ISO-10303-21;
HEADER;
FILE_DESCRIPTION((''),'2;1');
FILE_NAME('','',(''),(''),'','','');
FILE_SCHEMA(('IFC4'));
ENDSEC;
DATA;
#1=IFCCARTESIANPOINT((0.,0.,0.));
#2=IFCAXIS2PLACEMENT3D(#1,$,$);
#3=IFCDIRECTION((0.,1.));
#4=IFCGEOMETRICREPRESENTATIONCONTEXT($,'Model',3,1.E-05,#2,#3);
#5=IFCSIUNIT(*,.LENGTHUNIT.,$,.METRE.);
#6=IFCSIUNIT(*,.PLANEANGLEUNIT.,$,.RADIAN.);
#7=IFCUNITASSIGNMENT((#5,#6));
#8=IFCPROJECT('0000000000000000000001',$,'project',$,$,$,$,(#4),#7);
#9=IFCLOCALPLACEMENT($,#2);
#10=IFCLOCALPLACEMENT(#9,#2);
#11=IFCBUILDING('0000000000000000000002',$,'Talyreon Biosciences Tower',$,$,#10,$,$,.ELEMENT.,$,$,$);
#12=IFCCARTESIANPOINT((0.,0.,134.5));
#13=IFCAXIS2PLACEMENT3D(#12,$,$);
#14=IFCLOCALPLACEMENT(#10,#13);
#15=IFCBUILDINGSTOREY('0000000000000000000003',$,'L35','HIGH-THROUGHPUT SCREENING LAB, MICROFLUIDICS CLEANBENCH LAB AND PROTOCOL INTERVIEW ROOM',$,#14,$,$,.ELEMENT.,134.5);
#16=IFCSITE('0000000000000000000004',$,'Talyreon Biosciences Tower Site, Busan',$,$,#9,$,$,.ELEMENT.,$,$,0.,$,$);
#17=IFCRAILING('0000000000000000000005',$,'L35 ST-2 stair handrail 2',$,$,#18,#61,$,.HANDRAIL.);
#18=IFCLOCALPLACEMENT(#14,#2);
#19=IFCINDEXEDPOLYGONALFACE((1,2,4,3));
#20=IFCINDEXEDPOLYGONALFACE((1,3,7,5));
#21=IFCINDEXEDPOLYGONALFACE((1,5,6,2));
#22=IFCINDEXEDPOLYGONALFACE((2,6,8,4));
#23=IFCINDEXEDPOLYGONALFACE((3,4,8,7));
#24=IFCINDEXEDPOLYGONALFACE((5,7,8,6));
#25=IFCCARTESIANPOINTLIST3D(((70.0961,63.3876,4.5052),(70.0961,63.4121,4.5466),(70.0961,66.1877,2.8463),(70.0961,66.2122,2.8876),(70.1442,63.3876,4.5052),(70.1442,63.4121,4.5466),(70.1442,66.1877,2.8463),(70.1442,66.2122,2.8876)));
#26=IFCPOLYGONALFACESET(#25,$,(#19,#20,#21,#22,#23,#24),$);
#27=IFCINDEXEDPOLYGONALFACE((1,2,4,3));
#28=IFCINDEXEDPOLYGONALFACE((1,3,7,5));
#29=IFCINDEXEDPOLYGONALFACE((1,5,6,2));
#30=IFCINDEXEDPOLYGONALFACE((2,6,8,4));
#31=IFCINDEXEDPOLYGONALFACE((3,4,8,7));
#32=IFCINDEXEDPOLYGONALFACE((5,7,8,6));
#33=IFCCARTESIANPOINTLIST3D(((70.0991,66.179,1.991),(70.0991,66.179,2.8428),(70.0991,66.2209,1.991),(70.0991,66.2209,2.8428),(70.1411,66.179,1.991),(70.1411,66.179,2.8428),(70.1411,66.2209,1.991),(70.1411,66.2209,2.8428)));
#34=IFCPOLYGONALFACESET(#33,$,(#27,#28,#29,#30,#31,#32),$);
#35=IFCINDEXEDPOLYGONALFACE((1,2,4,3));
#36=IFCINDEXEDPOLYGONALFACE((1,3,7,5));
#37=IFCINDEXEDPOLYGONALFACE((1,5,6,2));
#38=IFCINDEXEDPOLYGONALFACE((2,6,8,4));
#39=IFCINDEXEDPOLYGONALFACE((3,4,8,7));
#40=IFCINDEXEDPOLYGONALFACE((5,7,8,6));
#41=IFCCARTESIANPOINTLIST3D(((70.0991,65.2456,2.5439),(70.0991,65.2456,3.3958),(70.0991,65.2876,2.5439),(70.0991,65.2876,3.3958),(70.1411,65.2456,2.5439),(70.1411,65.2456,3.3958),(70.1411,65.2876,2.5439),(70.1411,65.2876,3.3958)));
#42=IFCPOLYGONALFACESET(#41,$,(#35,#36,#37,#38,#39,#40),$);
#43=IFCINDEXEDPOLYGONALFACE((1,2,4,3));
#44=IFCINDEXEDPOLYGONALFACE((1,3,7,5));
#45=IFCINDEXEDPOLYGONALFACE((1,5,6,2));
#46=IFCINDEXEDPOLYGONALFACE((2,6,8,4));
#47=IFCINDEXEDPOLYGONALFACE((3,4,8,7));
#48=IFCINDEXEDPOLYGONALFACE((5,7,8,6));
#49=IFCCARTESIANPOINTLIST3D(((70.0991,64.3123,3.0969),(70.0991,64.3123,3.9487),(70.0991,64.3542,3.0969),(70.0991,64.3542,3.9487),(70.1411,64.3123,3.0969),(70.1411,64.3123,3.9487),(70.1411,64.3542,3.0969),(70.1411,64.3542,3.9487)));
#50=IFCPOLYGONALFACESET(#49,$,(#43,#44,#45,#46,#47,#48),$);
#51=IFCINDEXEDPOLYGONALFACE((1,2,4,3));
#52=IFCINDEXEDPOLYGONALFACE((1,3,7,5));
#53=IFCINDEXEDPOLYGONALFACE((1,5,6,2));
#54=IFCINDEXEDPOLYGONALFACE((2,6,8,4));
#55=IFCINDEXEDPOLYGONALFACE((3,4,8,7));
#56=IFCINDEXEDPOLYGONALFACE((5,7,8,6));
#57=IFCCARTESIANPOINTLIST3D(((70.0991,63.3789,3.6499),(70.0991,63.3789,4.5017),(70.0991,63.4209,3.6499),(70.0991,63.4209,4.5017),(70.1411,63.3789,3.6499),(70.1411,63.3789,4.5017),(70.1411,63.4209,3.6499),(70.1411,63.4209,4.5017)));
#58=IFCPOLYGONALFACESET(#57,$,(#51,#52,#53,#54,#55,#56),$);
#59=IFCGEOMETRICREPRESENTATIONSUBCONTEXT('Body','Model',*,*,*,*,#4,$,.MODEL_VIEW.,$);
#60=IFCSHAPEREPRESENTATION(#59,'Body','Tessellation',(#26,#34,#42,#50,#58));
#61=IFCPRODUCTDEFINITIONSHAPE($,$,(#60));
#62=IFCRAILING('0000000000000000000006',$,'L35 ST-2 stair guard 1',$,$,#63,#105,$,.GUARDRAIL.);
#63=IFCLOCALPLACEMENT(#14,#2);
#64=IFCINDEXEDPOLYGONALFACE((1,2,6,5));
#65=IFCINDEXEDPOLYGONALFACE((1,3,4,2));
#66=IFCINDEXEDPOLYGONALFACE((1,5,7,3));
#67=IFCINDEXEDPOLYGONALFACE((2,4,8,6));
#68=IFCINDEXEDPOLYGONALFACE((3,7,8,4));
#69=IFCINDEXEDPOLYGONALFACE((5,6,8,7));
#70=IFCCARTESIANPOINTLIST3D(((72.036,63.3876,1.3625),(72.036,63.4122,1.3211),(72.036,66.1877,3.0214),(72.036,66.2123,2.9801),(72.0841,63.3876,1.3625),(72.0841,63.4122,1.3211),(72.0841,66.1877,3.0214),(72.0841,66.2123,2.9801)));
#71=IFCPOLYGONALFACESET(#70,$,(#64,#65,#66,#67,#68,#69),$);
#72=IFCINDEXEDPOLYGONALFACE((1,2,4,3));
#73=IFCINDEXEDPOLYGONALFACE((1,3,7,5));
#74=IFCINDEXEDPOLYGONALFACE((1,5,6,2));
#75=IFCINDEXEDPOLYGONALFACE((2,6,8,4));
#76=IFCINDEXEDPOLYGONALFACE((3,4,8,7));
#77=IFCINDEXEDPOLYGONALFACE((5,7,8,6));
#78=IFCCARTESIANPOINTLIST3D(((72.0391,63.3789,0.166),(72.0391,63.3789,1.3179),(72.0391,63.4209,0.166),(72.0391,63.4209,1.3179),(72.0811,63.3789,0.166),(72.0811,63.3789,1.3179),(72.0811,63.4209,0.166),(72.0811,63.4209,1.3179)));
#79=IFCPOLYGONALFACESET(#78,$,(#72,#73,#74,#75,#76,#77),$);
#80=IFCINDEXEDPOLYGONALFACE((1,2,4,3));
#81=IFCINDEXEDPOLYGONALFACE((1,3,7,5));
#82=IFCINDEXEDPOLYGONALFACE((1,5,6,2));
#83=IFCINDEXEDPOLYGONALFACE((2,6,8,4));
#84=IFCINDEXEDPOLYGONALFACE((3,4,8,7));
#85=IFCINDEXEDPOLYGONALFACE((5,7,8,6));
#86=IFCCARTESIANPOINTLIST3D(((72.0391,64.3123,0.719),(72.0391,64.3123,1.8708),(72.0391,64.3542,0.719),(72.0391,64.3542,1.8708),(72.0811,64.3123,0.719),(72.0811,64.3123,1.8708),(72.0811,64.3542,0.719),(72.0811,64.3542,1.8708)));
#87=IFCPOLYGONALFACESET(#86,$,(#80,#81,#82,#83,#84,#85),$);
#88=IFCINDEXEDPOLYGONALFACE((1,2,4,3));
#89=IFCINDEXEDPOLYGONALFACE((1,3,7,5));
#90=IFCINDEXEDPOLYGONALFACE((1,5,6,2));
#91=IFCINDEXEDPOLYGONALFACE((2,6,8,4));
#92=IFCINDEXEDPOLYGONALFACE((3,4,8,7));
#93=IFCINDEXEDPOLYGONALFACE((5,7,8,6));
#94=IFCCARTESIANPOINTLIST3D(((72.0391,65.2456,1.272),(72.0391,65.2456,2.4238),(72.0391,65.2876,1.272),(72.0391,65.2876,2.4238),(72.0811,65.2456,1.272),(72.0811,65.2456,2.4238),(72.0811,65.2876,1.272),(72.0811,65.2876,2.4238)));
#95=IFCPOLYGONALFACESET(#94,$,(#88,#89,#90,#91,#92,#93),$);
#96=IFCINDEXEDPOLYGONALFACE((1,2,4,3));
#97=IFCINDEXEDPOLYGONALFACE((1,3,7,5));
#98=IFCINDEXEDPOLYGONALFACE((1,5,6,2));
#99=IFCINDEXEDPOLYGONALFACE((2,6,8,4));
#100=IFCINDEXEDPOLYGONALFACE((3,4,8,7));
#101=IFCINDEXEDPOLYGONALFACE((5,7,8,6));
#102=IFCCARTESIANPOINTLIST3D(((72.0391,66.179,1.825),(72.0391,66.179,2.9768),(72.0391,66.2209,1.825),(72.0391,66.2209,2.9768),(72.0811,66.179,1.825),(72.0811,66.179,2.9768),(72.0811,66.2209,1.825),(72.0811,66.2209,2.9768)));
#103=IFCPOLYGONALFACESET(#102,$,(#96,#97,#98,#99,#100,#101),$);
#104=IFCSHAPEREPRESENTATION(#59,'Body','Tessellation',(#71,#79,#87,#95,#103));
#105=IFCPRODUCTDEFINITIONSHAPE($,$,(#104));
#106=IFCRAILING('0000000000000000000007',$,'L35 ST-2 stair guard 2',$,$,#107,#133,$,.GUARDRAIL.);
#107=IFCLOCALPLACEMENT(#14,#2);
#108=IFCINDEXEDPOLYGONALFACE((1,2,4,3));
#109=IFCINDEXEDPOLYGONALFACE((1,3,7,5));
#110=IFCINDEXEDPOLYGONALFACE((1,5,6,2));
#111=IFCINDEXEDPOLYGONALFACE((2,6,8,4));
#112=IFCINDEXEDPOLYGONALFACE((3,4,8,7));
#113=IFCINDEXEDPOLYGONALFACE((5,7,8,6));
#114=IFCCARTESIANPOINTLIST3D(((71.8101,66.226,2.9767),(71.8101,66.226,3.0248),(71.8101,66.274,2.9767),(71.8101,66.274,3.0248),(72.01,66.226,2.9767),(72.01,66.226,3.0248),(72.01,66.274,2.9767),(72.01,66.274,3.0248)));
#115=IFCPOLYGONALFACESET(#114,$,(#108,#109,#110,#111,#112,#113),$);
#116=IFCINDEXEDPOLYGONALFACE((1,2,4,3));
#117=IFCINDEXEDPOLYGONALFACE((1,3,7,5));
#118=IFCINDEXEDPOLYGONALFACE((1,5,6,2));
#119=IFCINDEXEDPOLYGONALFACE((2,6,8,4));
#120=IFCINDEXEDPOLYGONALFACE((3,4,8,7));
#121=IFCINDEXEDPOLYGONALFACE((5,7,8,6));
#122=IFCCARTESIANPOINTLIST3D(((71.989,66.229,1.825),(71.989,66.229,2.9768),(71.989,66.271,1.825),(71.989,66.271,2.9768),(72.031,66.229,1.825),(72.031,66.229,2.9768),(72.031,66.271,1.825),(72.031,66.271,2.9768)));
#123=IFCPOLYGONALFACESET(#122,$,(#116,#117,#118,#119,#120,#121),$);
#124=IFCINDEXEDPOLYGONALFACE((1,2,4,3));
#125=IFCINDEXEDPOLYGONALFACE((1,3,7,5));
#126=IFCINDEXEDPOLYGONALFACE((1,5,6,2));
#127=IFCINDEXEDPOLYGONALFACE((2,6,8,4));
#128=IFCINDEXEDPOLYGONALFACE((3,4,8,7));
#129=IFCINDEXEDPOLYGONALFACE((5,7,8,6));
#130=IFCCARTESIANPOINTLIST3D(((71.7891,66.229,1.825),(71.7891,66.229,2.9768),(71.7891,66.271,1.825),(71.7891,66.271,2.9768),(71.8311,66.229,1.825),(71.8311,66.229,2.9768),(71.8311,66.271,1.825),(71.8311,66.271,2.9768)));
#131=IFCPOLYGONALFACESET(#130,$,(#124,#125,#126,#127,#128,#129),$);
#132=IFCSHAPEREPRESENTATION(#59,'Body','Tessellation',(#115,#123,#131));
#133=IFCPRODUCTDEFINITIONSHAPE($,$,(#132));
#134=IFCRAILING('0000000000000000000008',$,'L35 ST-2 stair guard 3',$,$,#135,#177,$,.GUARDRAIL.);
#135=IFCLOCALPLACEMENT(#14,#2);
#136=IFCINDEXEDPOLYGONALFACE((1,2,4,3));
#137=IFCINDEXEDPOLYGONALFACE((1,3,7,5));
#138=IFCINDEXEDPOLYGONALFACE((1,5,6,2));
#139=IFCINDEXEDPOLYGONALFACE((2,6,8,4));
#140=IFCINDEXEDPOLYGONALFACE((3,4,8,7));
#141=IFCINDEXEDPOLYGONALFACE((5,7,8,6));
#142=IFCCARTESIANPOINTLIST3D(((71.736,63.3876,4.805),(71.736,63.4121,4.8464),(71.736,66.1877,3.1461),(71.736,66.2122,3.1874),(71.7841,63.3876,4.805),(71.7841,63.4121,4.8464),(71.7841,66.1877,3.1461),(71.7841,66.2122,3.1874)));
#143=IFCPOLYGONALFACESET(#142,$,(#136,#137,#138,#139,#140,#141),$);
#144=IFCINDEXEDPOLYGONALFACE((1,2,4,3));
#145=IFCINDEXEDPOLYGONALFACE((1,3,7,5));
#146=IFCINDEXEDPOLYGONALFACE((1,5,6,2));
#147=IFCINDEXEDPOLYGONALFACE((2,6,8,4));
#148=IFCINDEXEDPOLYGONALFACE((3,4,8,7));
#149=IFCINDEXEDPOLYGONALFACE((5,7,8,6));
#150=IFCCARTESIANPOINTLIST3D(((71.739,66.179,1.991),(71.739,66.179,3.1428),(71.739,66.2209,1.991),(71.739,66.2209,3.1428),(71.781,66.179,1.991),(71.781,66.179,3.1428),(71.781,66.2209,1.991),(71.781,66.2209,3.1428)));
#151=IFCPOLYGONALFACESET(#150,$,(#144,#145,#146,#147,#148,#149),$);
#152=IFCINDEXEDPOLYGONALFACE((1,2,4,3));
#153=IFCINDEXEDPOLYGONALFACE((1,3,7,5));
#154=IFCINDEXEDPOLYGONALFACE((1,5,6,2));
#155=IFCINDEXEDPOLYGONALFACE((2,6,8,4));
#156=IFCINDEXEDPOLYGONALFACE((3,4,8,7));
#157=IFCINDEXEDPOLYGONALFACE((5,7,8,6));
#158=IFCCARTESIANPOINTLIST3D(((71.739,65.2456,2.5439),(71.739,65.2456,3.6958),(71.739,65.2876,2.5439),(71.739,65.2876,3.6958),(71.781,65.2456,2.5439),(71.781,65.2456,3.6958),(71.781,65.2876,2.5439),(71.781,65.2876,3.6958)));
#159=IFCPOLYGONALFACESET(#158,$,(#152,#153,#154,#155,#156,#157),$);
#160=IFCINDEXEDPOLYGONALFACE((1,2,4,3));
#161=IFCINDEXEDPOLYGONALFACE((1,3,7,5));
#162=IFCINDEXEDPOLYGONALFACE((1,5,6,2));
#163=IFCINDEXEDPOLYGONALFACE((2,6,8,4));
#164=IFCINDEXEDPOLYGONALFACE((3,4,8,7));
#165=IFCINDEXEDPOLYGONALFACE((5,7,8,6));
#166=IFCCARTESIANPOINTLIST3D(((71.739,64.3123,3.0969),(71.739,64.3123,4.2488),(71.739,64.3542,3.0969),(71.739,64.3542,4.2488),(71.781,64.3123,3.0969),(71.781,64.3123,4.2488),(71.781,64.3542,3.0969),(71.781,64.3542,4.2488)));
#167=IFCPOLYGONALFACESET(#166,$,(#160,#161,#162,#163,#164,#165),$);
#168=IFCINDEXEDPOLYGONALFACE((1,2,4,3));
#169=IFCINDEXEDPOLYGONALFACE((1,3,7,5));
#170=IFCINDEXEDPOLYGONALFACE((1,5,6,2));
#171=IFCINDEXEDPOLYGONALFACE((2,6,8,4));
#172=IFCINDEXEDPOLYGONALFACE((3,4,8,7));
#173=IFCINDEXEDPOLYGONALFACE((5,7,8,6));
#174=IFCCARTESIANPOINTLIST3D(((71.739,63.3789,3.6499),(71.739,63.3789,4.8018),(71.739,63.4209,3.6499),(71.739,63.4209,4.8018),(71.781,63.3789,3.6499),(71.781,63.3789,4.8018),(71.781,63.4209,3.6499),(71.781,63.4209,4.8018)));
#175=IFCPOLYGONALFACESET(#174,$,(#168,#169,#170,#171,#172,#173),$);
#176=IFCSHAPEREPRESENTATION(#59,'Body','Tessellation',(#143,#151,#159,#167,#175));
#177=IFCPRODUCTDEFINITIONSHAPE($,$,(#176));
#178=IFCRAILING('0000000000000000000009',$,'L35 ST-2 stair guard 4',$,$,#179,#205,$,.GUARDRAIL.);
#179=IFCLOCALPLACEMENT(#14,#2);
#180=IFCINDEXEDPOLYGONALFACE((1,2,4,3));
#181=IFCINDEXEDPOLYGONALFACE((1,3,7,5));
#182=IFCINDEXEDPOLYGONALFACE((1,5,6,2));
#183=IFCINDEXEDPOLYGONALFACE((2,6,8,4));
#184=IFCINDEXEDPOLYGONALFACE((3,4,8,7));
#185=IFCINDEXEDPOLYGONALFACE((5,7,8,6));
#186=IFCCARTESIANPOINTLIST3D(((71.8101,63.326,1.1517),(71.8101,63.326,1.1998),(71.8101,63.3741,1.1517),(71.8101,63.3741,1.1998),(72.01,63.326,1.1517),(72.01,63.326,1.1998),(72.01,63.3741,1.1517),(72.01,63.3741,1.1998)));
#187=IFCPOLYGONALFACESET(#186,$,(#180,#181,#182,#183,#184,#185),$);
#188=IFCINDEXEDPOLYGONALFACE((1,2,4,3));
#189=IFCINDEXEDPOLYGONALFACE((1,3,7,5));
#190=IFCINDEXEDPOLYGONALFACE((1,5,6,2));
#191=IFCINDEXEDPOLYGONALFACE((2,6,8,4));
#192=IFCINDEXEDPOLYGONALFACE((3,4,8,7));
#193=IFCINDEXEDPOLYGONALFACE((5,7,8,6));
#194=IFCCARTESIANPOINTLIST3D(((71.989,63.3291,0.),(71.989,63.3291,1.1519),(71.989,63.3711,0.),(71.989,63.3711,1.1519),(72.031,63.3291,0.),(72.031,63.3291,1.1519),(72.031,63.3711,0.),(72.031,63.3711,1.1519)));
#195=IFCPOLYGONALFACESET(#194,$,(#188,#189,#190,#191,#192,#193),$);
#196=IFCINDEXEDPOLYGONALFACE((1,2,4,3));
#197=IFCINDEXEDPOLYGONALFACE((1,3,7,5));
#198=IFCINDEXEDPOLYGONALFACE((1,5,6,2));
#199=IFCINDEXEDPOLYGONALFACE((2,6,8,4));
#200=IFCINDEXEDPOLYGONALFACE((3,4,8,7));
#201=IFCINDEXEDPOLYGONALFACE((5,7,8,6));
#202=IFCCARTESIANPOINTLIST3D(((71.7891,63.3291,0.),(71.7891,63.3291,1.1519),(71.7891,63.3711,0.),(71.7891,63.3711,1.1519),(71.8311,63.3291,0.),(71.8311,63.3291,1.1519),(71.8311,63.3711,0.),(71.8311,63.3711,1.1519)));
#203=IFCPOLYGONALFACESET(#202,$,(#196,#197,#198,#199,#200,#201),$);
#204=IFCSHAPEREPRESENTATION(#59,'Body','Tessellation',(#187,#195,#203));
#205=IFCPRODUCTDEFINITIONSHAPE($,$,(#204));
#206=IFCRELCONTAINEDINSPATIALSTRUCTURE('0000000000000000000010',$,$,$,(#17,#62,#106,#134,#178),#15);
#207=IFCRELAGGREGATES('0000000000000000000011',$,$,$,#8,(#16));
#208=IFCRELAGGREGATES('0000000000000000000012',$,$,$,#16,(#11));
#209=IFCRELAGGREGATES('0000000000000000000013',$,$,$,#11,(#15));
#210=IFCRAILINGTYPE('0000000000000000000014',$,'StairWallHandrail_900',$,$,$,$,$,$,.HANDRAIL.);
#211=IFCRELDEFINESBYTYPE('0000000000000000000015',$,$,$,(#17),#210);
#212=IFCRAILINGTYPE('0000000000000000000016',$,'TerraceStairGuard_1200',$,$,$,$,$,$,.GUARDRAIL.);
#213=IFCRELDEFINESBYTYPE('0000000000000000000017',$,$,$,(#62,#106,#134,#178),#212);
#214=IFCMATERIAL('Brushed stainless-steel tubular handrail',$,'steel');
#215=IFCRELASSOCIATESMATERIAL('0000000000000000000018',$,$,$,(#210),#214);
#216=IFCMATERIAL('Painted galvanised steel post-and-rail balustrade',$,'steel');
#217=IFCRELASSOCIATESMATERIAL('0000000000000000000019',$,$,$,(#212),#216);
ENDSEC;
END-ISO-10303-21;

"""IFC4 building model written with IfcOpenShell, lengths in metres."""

from ifc_helpers import new_model, si_unit, direction, frame, origin, origin_2d, place, context, subcontext, project, spatial, rectangle, extrude, material, type_object, element, save


model = new_model("IFC4")

# Units and contexts
model_context = context("Model", 3, precision=1e-05, world=origin(), true_north=direction((0.0, 1.0)))
body_context = subcontext(model_context, "Body", "Model", "MODEL_VIEW")
ifc_project = project(units=[si_unit("LENGTHUNIT", "METRE"), si_unit("PLANEANGLEUNIT", "RADIAN")], contexts=[model_context])

# Site, building, storey
site_placement = place(None, origin())
site = spatial("IfcSite", under=ifc_project, at=site_placement, Name="Talyreon Biosciences Tower Site, Busan", CompositionType="ELEMENT", RefElevation=0.0)
building_placement = place(site_placement, origin())
building = spatial("IfcBuilding", under=site, at=building_placement, Name="Talyreon Biosciences Tower", CompositionType="ELEMENT")
storey_placement = place(building_placement, frame((0.0, 0.0, 134.5)))
storey = spatial("IfcBuildingStorey", under=building, at=storey_placement, Name="L35", Description="HIGH-THROUGHPUT SCREENING LAB, MICROFLUIDICS CLEANBENCH LAB AND PROTOCOL INTERVIEW ROOM", CompositionType="ELEMENT", Elevation=134.5)

# Railings
ifc_material_1 = material(Name="Brushed stainless-steel tubular handrail", Category="steel")
railing_type_1 = type_object("IfcRailingType", Name="StairWallHandrail_900", PredefinedType="HANDRAIL", material=ifc_material_1)
railing_1_placement = place(storey_placement, frame((70.1201, 66.2, 1.991)))
element("IfcRailing", 1, at=railing_1_placement, inside=storey, type_object=railing_type_1, Name="L35 ST-2 stair handrail 2", PredefinedType="HANDRAIL", context=body_context, shape_type="SweptSolid", body=[
    extrude(rectangle(XDim=0.0481, YDim=0.0481, at=origin_2d()), frame((0.0, 0.0, 0.876), z_axis=(0.0, -0.860339, 0.509722), x_axis=(1.0, 0.0, 0.0)), (0.0, 0.0, 1.0), 3.2546),
    extrude(rectangle(XDim=0.042, YDim=0.042, at=origin_2d()), origin(), (0.0, 0.0, 1.0), 0.8518),
    extrude(rectangle(XDim=0.042, YDim=0.042, at=origin_2d()), frame((0.0, -0.9333, 0.553)), (0.0, 0.0, 1.0), 0.8518),
    extrude(rectangle(XDim=0.042, YDim=0.042, at=origin_2d()), frame((0.0, -1.8667, 1.106)), (0.0, 0.0, 1.0), 0.8518),
    extrude(rectangle(XDim=0.042, YDim=0.042, at=origin_2d()), frame((0.0, -2.8, 1.6589)), (0.0, 0.0, 1.0), 0.8518),
])
ifc_material_2 = material(Name="Painted galvanised steel post-and-rail balustrade", Category="steel")
railing_type_2 = type_object("IfcRailingType", Name="TerraceStairGuard_1200", PredefinedType="GUARDRAIL", material=ifc_material_2)
railing_2_placement = place(storey_placement, frame((72.0601, 63.3999, 0.166)))
element("IfcRailing", 2, at=railing_2_placement, inside=storey, type_object=railing_type_2, Name="L35 ST-2 stair guard 1", PredefinedType="GUARDRAIL", context=body_context, shape_type="SweptSolid", body=[
    extrude(rectangle(XDim=0.0481, YDim=0.0481, at=origin_2d()), frame((0.0, 0.0, 1.1758), z_axis=(0.0, 0.860339, 0.509722), x_axis=(-1.0, 0.0, 0.0)), (0.0, 0.0, 1.0), 3.2546),
    extrude(rectangle(XDim=0.042, YDim=0.042, at=origin_2d()), origin(), (0.0, 0.0, 1.0), 1.1519),
    extrude(rectangle(XDim=0.042, YDim=0.042, at=origin_2d()), frame((0.0, 0.9333, 0.553)), (0.0, 0.0, 1.0), 1.1519),
    extrude(rectangle(XDim=0.042, YDim=0.042, at=origin_2d()), frame((0.0, 1.8667, 1.106)), (0.0, 0.0, 1.0), 1.1519),
    extrude(rectangle(XDim=0.042, YDim=0.042, at=origin_2d()), frame((0.0, 2.8, 1.6589)), (0.0, 0.0, 1.0), 1.1519),
])
railing_3_placement = place(storey_placement, frame((72.01, 66.25, 1.825)))
element("IfcRailing", 3, at=railing_3_placement, inside=storey, type_object=railing_type_2, Name="L35 ST-2 stair guard 2", PredefinedType="GUARDRAIL", context=body_context, shape_type="SweptSolid", body=[
    extrude(rectangle(XDim=0.0481, YDim=0.0481, at=origin_2d()), frame((0.0, 0.0, 1.1758), z_axis=(-1.0, 0.0, 0.0), x_axis=(0.0, -1.0, 0.0)), (0.0, 0.0, 1.0), 0.2),
    extrude(rectangle(XDim=0.042, YDim=0.042, at=origin_2d()), origin(), (0.0, 0.0, 1.0), 1.1519),
    extrude(rectangle(XDim=0.042, YDim=0.042, at=origin_2d()), frame((-0.2, 0.0, 0.0)), (0.0, 0.0, 1.0), 1.1519),
])
railing_4_placement = place(storey_placement, frame((71.76, 66.2, 1.991)))
element("IfcRailing", 4, at=railing_4_placement, inside=storey, type_object=railing_type_2, Name="L35 ST-2 stair guard 3", PredefinedType="GUARDRAIL", context=body_context, shape_type="SweptSolid", body=[
    extrude(rectangle(XDim=0.0481, YDim=0.0481, at=origin_2d()), frame((0.0, 0.0, 1.1758), z_axis=(0.0, -0.860339, 0.509722), x_axis=(1.0, 0.0, 0.0)), (0.0, 0.0, 1.0), 3.2546),
    extrude(rectangle(XDim=0.042, YDim=0.042, at=origin_2d()), origin(), (0.0, 0.0, 1.0), 1.1519),
    extrude(rectangle(XDim=0.042, YDim=0.042, at=origin_2d()), frame((0.0, -0.9333, 0.553)), (0.0, 0.0, 1.0), 1.1519),
    extrude(rectangle(XDim=0.042, YDim=0.042, at=origin_2d()), frame((0.0, -1.8667, 1.106)), (0.0, 0.0, 1.0), 1.1519),
    extrude(rectangle(XDim=0.042, YDim=0.042, at=origin_2d()), frame((0.0, -2.8, 1.6589)), (0.0, 0.0, 1.0), 1.1519),
])
railing_5_placement = place(storey_placement, frame((72.01, 63.3501, 0.0)))
element("IfcRailing", 5, at=railing_5_placement, inside=storey, type_object=railing_type_2, Name="L35 ST-2 stair guard 4", PredefinedType="GUARDRAIL", context=body_context, shape_type="SweptSolid", body=[
    extrude(rectangle(XDim=0.0481, YDim=0.0481, at=origin_2d()), frame((0.0, 0.0, 1.1758), z_axis=(-1.0, 0.0, 0.0), x_axis=(0.0, -1.0, 0.0)), (0.0, 0.0, 1.0), 0.2),
    extrude(rectangle(XDim=0.042, YDim=0.042, at=origin_2d()), origin(), (0.0, 0.0, 1.0), 1.1519),
    extrude(rectangle(XDim=0.042, YDim=0.042, at=origin_2d()), frame((-0.2, 0.0, 0.0)), (0.0, 0.0, 1.0), 1.1519),
])

save(model, "model.ifc")
